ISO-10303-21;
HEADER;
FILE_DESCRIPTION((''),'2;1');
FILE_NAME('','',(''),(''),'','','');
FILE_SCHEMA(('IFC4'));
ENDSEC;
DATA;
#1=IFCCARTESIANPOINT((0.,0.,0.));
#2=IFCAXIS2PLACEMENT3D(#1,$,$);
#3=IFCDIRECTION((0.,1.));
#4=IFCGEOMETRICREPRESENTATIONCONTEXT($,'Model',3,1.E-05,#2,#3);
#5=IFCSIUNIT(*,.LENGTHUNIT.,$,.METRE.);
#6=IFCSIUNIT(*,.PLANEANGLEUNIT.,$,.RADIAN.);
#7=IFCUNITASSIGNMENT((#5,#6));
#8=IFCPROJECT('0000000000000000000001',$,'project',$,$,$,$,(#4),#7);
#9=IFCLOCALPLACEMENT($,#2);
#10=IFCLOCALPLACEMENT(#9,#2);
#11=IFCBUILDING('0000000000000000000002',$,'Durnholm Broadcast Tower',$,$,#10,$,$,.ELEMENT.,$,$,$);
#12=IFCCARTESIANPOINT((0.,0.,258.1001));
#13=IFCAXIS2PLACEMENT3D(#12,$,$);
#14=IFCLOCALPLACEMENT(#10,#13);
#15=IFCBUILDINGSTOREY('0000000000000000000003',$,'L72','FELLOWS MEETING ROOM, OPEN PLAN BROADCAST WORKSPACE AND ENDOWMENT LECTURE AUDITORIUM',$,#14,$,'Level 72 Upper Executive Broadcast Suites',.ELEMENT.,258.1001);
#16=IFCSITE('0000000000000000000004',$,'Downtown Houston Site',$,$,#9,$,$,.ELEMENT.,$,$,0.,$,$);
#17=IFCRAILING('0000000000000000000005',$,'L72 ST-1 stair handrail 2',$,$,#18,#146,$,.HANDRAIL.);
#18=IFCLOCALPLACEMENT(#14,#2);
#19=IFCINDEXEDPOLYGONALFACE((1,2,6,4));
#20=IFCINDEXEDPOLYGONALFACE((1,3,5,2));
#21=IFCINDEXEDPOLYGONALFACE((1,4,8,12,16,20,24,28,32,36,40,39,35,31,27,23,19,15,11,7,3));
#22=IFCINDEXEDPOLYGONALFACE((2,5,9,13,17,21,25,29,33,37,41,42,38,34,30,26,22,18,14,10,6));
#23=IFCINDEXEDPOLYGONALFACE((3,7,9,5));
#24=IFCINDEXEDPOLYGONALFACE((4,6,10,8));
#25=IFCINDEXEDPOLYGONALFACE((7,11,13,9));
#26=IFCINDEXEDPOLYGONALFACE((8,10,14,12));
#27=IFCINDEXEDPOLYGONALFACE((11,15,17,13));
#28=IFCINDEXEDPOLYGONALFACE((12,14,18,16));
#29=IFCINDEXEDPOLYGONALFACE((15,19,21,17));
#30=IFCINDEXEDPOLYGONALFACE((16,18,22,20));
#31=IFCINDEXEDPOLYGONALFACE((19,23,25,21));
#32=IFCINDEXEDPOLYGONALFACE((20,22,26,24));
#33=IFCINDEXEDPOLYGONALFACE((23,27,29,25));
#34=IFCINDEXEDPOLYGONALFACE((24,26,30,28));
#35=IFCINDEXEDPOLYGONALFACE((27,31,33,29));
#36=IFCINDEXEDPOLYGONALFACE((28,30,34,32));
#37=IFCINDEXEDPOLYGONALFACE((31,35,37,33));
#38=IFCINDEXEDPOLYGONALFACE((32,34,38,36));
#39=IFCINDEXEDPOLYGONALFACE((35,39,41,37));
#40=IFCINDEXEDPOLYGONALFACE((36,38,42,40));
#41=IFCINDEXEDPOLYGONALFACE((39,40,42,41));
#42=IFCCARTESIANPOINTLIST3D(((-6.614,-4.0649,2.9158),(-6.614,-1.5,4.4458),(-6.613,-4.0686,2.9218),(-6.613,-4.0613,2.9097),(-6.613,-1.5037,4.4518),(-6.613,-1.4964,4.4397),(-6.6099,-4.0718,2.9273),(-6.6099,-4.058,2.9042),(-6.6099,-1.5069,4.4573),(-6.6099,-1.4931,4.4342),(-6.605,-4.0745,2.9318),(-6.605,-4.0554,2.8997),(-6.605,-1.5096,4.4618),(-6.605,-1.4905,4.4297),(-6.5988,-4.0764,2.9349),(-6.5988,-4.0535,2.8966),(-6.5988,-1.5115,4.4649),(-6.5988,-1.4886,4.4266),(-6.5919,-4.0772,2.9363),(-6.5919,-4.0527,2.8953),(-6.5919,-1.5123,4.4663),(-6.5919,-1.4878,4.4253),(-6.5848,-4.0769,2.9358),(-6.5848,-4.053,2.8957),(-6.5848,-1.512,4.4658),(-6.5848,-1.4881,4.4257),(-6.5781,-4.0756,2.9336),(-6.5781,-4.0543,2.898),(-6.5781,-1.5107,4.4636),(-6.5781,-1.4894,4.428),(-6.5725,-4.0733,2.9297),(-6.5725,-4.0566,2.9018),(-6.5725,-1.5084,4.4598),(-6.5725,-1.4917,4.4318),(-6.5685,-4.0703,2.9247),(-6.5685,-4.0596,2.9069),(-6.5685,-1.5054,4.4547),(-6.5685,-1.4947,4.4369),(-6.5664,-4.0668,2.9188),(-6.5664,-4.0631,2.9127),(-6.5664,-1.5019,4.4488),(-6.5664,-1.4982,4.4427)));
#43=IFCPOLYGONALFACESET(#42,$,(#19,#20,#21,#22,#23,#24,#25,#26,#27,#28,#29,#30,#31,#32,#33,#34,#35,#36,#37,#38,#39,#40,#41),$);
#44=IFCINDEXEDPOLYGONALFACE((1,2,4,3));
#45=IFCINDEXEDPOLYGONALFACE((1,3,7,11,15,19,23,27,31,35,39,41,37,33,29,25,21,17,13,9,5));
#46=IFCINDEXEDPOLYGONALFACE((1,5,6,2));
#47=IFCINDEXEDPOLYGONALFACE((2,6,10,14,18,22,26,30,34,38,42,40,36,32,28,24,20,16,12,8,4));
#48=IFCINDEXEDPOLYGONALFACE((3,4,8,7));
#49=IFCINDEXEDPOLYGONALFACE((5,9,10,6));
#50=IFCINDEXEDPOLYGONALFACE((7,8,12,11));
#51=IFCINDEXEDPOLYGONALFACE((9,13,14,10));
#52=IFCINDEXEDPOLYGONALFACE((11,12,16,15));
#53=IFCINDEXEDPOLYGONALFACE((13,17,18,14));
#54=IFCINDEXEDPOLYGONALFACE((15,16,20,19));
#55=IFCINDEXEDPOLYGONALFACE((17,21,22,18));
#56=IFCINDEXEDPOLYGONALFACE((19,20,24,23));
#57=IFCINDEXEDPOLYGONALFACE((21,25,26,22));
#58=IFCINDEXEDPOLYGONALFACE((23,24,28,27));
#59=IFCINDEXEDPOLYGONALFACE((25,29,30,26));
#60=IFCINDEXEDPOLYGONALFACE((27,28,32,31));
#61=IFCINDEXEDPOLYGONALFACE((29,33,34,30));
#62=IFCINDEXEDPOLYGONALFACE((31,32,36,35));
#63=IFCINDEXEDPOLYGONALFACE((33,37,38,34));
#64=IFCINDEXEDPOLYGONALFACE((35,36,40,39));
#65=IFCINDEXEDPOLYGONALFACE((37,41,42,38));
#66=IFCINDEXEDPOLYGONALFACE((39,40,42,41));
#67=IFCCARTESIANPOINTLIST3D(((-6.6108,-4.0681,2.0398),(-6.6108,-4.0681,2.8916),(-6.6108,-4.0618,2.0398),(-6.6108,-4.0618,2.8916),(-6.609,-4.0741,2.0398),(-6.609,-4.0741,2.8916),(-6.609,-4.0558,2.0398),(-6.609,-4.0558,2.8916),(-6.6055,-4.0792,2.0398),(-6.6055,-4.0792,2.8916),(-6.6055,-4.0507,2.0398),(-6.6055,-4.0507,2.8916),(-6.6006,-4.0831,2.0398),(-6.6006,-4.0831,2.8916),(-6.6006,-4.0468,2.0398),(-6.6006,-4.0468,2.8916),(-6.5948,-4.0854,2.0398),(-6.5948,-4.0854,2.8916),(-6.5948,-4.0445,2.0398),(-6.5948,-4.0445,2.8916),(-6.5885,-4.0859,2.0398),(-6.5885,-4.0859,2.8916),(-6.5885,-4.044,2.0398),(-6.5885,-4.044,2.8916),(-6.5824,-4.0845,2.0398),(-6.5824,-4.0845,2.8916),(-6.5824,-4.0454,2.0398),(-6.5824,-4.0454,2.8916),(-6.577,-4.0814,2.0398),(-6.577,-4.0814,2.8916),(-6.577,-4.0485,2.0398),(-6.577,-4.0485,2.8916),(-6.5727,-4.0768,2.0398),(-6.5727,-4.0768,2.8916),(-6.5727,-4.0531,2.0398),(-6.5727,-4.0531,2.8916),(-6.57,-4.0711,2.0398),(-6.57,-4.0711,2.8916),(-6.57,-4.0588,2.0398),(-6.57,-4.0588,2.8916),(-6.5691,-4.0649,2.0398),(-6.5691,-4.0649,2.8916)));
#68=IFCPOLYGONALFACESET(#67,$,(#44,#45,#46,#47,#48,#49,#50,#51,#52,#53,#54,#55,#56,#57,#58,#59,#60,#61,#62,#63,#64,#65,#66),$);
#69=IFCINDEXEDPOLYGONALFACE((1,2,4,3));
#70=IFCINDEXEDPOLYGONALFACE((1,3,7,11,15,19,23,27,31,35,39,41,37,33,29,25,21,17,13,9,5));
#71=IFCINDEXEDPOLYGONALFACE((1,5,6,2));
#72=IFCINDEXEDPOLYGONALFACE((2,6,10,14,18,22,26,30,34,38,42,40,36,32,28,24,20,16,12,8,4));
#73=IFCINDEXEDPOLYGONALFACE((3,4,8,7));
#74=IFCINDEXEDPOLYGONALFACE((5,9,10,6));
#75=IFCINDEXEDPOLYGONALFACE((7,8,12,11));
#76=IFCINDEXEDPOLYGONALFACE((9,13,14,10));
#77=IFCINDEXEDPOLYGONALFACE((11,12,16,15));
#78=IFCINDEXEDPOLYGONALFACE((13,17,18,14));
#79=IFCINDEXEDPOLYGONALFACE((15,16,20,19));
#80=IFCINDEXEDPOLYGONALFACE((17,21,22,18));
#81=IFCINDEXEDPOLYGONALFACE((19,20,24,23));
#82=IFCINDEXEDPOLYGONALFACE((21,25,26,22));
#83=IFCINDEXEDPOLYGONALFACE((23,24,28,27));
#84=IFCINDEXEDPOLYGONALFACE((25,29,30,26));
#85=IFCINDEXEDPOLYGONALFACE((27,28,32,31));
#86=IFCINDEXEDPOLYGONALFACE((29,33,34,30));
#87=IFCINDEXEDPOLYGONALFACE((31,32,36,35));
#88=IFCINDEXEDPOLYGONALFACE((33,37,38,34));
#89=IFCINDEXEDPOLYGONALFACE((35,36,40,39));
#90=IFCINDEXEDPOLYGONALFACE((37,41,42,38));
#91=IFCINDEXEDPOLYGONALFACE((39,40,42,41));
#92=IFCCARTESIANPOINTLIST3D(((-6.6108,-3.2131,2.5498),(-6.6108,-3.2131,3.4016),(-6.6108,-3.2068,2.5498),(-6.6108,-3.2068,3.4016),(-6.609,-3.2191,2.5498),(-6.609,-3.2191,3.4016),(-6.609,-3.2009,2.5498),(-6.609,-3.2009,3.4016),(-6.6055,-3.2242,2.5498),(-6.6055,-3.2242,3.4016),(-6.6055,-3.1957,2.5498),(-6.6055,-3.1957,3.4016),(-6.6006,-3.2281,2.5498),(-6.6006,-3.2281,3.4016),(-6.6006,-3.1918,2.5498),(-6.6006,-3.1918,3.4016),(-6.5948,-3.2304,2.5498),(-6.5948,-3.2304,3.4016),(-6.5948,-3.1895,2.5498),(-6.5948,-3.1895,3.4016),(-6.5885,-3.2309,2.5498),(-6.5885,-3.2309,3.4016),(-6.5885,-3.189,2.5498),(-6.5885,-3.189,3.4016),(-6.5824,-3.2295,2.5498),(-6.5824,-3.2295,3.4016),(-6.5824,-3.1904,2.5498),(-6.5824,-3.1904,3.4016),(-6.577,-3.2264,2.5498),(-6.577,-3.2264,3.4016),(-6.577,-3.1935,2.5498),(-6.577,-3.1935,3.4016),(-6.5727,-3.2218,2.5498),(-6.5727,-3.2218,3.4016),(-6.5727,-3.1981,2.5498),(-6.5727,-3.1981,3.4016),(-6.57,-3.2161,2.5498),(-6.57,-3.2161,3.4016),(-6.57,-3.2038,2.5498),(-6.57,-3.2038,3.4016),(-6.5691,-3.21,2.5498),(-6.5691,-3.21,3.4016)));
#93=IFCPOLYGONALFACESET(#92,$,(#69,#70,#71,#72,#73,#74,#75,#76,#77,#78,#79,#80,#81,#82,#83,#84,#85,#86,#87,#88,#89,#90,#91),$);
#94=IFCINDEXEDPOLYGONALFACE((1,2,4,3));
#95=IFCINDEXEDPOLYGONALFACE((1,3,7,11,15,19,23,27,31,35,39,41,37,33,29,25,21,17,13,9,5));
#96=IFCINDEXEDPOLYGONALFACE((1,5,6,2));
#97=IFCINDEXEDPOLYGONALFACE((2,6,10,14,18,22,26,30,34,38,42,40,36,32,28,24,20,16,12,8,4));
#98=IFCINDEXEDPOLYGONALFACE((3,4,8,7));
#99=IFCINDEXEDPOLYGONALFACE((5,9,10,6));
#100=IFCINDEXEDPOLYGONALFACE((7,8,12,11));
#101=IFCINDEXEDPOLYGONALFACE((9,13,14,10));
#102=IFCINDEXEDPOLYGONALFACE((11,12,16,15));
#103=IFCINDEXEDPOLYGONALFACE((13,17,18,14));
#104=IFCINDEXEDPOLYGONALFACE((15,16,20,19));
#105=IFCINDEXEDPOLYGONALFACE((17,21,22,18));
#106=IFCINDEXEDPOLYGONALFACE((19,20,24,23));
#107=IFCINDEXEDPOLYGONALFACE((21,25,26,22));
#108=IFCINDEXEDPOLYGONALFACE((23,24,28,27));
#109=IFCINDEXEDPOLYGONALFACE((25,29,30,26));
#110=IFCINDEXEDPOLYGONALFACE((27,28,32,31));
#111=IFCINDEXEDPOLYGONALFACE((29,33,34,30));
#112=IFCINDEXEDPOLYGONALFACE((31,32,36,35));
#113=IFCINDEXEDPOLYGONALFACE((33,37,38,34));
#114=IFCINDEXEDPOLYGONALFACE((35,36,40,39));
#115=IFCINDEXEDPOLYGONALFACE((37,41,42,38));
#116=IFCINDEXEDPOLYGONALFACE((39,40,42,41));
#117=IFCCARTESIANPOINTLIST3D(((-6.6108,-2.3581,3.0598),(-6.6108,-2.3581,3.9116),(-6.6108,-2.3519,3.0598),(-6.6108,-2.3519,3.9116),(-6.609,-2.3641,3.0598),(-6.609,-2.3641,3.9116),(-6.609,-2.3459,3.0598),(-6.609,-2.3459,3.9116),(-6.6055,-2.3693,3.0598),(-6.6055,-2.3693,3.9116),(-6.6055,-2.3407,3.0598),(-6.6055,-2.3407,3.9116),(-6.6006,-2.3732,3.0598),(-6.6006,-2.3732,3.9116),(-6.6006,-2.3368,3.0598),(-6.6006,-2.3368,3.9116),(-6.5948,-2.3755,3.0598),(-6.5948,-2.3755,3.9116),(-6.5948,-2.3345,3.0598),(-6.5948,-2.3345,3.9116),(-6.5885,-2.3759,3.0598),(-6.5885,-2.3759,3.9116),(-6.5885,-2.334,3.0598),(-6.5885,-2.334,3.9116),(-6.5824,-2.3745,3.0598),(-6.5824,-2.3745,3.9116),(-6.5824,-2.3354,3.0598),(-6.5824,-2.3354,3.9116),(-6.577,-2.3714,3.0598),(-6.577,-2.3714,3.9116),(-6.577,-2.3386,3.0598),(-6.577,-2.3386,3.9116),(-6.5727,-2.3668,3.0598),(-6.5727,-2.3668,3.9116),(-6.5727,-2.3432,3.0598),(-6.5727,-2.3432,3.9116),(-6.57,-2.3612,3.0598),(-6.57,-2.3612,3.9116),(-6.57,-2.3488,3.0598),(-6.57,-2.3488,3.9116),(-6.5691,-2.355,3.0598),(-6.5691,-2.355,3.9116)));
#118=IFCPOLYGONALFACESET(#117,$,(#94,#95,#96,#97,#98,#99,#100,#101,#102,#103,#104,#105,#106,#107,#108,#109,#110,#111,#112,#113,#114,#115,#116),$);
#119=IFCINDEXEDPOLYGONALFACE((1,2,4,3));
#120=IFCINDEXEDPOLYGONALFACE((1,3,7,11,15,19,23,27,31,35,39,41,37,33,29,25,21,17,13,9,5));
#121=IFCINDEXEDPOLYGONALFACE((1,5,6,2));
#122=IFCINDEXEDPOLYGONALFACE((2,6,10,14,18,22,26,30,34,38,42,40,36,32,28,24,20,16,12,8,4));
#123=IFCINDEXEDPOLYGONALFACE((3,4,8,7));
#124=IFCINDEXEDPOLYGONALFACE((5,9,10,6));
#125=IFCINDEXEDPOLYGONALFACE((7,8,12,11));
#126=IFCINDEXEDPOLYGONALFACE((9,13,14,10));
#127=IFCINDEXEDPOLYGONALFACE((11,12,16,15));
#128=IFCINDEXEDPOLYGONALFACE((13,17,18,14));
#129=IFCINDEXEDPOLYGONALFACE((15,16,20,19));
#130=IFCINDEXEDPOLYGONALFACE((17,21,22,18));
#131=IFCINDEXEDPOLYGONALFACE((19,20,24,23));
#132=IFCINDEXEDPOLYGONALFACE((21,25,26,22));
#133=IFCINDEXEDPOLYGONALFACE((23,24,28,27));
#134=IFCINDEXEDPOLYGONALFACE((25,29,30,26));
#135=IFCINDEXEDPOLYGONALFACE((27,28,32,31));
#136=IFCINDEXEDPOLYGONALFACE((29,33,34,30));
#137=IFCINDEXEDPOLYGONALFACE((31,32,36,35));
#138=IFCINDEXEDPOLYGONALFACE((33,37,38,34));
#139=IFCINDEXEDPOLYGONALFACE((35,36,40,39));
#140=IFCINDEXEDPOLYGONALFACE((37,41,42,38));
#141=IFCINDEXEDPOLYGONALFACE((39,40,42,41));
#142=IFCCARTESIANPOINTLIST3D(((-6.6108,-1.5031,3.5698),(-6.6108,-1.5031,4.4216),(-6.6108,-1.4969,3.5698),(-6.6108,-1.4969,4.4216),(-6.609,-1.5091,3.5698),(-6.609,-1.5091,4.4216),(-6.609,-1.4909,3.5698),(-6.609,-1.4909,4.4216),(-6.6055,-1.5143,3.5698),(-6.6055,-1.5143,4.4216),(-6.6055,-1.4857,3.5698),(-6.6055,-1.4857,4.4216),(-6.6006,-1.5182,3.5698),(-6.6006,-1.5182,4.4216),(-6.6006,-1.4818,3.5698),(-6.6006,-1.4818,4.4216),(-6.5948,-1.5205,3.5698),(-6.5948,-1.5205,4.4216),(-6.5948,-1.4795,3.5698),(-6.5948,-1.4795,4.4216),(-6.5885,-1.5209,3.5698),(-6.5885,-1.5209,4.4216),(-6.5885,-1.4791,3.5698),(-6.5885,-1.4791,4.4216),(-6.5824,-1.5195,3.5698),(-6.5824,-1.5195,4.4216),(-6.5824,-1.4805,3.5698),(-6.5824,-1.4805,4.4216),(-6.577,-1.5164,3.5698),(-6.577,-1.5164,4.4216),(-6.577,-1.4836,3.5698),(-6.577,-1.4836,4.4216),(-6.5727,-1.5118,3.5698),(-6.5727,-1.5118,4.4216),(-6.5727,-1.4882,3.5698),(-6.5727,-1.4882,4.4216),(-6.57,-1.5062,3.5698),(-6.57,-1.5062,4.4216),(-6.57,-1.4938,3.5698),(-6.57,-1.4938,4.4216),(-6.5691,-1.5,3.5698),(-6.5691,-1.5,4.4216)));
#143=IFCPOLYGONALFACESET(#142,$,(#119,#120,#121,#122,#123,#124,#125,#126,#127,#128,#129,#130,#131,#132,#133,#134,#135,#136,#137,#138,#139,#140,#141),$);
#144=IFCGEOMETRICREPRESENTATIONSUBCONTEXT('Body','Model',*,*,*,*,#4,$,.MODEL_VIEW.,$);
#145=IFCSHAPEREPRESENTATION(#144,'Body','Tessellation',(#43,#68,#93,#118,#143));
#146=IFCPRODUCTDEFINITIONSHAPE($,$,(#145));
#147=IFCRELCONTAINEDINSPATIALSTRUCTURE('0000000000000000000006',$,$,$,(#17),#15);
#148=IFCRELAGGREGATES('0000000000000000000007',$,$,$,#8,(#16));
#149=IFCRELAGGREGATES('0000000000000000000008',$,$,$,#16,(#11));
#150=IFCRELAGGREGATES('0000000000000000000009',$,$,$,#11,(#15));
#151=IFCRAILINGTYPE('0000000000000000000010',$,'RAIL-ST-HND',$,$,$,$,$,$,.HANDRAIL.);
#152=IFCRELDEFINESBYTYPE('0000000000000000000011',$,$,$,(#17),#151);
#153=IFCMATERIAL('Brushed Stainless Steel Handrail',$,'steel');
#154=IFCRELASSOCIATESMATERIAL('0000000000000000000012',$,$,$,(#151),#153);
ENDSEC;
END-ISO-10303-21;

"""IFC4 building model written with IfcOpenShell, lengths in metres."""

from ifc_helpers import new_model, si_unit, direction, frame, origin, origin_2d, place, context, subcontext, project, spatial, circle, extrude, material, type_object, element, save


model = new_model("IFC4")

# Units and contexts
model_context = context("Model", 3, precision=1e-05, world=origin(), true_north=direction((0.0, 1.0)))
body_context = subcontext(model_context, "Body", "Model", "MODEL_VIEW")
ifc_project = project(units=[si_unit("LENGTHUNIT", "METRE"), si_unit("PLANEANGLEUNIT", "RADIAN")], contexts=[model_context])

# Site, building, storey
site_placement = place(None, origin())
site = spatial("IfcSite", under=ifc_project, at=site_placement, Name="Downtown Houston Site", CompositionType="ELEMENT", RefElevation=0.0)
building_placement = place(site_placement, origin())
building = spatial("IfcBuilding", under=site, at=building_placement, Name="Durnholm Broadcast Tower", CompositionType="ELEMENT")
storey_placement = place(building_placement, frame((0.0, 0.0, 258.1001)))
storey = spatial("IfcBuildingStorey", under=building, at=storey_placement, Name="L72", Description="FELLOWS MEETING ROOM, OPEN PLAN BROADCAST WORKSPACE AND ENDOWMENT LECTURE AUDITORIUM", LongName="Level 72 Upper Executive Broadcast Suites", CompositionType="ELEMENT", Elevation=258.1001)

# Railing
ifc_material_1 = material(Name="Brushed Stainless Steel Handrail", Category="steel")
railing_type_1 = type_object("IfcRailingType", Name="RAIL-ST-HND", PredefinedType="HANDRAIL", material=ifc_material_1)
railing_1_placement = place(storey_placement, frame((-6.5901, -4.0649, 2.0398)))
element("IfcRailing", 1, at=railing_1_placement, inside=storey, type_object=railing_type_1, Name="L72 ST-1 stair handrail 2", PredefinedType="HANDRAIL", context=body_context, shape_type="SweptSolid", body=[
    extrude(circle(Radius=0.0239, at=origin_2d()), frame((0.0, 0.0, 0.876), z_axis=(0.0, 0.85881, 0.512294), x_axis=(-1.0, 0.0, 0.0)), (0.0, 0.0, 1.0), 2.9866),
    extrude(circle(Radius=0.021, at=origin_2d()), origin(), (0.0, 0.0, 1.0), 0.8518),
    extrude(circle(Radius=0.021, at=origin_2d()), frame((0.0, 0.855, 0.51)), (0.0, 0.0, 1.0), 0.8518),
    extrude(circle(Radius=0.021, at=origin_2d()), frame((0.0, 1.71, 1.02)), (0.0, 0.0, 1.0), 0.8518),
    extrude(circle(Radius=0.021, at=origin_2d()), frame((0.0, 2.5649, 1.53)), (0.0, 0.0, 1.0), 0.8518),
])

save(model, "model.ifc")
